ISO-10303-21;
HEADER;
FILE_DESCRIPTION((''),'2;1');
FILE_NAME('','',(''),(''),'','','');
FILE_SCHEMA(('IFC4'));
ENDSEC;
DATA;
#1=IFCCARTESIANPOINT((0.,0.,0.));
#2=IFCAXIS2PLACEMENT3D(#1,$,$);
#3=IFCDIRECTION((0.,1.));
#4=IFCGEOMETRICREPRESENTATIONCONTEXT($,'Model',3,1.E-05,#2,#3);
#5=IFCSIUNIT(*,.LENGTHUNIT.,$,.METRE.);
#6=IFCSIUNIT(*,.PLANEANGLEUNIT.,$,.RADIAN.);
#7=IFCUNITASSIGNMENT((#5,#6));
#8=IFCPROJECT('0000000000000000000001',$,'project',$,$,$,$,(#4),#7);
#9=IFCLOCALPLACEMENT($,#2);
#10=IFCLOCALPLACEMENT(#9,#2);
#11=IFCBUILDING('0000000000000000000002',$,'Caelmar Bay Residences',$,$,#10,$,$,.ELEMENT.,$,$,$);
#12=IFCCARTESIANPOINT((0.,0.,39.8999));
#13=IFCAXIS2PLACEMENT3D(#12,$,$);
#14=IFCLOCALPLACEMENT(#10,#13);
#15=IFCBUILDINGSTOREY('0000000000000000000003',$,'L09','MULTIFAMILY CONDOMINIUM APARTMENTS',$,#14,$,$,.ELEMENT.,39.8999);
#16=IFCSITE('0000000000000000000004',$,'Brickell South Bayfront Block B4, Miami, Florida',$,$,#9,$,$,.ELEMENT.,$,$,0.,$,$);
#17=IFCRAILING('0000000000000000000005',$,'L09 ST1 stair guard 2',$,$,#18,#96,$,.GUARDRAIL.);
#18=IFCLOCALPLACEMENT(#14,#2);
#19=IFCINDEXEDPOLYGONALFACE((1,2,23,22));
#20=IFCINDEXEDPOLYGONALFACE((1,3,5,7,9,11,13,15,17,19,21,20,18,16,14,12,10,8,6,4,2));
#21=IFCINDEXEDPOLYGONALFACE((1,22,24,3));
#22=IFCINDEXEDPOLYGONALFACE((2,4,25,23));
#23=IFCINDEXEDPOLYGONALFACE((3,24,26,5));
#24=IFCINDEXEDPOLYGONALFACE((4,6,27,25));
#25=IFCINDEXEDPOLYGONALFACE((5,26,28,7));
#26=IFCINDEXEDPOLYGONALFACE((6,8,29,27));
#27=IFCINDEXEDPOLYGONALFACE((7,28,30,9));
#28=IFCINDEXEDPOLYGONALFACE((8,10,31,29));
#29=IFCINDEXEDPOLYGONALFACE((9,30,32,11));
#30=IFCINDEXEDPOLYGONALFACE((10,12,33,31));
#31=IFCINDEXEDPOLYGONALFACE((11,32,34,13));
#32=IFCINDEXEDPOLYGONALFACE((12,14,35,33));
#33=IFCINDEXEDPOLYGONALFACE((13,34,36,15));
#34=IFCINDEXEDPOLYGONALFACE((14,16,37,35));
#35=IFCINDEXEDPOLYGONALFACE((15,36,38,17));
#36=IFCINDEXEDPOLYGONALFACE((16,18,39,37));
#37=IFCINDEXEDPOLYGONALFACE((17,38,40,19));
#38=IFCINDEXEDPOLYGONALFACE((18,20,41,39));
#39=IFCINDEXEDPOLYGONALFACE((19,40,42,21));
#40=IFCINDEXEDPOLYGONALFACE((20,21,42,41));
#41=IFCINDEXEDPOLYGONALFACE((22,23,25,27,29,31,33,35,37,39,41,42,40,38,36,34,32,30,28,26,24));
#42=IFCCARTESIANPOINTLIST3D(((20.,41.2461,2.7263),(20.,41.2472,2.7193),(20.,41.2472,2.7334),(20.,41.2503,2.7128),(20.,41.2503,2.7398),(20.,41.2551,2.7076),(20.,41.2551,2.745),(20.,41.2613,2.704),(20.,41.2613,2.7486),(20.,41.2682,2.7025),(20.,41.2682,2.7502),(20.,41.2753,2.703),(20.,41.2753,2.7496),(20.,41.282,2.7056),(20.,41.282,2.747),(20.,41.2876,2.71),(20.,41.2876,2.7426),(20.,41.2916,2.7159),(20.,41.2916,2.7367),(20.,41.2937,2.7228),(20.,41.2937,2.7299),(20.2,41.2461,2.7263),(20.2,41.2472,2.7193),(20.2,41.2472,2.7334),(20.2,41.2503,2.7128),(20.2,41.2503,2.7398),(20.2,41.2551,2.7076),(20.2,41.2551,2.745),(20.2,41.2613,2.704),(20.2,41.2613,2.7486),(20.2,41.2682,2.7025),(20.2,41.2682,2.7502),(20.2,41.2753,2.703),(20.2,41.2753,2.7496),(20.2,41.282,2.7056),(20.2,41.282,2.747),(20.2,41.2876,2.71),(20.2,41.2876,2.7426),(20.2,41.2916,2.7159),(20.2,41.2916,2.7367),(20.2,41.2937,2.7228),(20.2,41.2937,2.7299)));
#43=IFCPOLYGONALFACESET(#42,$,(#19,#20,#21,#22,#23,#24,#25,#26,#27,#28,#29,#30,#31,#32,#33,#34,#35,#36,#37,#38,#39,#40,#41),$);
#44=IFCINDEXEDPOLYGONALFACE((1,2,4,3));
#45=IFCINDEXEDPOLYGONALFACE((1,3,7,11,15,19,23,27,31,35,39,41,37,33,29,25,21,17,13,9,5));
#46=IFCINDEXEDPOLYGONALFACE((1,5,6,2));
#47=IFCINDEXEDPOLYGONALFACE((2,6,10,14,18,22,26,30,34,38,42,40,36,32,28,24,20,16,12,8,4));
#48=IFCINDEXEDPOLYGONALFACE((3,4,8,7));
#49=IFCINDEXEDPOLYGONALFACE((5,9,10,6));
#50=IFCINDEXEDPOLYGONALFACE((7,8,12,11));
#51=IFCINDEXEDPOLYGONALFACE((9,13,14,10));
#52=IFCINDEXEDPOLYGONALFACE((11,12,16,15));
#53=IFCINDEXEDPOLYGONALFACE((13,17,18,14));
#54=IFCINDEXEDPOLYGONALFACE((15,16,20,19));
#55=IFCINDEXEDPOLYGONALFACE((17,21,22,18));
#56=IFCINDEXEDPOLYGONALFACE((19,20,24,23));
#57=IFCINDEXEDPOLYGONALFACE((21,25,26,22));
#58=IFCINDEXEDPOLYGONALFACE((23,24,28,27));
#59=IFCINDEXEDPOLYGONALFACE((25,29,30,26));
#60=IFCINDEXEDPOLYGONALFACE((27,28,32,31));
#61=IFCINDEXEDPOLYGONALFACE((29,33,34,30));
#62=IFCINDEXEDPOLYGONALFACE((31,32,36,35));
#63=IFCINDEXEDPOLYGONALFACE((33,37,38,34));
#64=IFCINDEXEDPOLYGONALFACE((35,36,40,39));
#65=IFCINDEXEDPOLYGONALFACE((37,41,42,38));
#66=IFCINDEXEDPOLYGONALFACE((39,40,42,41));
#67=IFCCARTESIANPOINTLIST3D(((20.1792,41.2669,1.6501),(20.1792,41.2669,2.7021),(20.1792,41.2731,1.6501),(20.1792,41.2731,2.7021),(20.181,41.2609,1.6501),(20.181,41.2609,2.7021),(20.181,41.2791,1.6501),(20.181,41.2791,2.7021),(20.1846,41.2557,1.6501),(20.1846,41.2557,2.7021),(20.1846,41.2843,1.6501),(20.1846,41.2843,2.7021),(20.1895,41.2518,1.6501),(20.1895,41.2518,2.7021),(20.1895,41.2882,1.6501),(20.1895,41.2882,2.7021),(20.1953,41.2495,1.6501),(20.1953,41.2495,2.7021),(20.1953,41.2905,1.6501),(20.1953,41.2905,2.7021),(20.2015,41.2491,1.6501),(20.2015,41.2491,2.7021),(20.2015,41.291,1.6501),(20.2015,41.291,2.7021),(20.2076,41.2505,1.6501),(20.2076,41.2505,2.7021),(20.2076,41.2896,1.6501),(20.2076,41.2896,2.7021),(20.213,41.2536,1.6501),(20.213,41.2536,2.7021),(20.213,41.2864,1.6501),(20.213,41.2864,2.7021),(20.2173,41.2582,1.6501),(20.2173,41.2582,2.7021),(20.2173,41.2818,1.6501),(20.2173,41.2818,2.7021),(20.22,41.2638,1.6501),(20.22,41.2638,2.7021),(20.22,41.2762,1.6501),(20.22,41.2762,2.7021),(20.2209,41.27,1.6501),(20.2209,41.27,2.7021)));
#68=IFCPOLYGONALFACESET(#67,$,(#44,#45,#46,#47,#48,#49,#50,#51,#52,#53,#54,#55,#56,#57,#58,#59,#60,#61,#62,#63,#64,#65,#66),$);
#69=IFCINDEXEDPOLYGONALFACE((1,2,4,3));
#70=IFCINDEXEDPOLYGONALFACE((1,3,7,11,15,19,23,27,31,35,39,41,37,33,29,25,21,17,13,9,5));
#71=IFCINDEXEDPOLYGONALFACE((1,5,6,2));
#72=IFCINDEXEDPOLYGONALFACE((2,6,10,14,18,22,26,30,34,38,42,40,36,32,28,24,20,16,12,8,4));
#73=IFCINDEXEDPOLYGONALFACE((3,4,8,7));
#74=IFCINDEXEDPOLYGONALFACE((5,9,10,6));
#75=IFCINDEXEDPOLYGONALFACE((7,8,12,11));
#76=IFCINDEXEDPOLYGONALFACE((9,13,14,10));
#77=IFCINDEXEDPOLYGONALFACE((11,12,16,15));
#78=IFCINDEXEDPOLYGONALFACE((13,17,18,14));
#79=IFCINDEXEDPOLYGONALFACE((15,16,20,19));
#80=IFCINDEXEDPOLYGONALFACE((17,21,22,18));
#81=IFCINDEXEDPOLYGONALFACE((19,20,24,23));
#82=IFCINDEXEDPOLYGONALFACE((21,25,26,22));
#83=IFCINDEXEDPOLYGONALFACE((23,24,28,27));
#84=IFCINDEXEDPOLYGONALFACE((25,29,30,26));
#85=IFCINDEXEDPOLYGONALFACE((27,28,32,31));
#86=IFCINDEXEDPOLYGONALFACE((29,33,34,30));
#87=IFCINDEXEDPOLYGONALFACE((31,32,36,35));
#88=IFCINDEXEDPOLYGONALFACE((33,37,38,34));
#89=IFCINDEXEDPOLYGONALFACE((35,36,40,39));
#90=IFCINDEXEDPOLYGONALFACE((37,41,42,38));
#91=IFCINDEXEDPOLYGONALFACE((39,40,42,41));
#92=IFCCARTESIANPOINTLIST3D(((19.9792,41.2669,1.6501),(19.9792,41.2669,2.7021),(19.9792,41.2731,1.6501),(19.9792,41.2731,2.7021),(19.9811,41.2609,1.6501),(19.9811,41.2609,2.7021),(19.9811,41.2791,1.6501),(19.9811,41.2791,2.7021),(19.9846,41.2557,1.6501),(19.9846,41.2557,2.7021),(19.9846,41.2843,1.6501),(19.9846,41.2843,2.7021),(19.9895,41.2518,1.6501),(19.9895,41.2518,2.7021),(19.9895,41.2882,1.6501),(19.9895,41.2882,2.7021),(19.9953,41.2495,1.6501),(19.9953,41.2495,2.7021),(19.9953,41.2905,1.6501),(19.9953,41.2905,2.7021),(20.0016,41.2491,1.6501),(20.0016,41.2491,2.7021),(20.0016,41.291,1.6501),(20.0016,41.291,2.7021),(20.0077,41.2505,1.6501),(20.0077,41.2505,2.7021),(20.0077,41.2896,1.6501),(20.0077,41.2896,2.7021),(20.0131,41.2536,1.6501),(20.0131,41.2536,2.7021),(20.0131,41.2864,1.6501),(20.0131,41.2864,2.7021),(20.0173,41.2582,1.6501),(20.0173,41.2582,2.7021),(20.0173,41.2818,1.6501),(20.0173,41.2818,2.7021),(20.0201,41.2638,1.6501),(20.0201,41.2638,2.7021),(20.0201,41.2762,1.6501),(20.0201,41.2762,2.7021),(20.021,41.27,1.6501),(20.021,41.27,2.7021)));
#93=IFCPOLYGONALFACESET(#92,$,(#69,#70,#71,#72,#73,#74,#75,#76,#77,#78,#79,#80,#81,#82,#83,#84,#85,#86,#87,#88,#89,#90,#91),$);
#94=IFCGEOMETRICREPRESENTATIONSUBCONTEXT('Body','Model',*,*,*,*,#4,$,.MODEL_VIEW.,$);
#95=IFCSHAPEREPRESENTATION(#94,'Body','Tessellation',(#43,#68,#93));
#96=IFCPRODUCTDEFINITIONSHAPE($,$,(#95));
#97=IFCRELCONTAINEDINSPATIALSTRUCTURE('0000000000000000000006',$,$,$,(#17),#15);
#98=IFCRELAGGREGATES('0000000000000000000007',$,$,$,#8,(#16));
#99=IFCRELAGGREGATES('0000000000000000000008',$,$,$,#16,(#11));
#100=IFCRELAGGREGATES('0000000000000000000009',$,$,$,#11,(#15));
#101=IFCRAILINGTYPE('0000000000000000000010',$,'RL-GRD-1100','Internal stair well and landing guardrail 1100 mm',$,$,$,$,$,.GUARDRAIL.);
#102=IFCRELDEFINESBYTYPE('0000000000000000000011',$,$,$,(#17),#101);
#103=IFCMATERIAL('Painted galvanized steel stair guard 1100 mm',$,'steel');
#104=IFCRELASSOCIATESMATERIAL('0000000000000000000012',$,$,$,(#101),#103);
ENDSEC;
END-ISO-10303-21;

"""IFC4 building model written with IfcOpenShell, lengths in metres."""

from ifc_helpers import new_model, si_unit, direction, frame, origin, origin_2d, place, context, subcontext, project, spatial, circle, extrude, material, type_object, element, save


model = new_model("IFC4")

# Units and contexts
model_context = context("Model", 3, precision=1e-05, world=origin(), true_north=direction((0.0, 1.0)))
body_context = subcontext(model_context, "Body", "Model", "MODEL_VIEW")
ifc_project = project(units=[si_unit("LENGTHUNIT", "METRE"), si_unit("PLANEANGLEUNIT", "RADIAN")], contexts=[model_context])

# Site, building, storey
site_placement = place(None, origin())
site = spatial("IfcSite", under=ifc_project, at=site_placement, Name="Brickell South Bayfront Block B4, Miami, Florida", CompositionType="ELEMENT", RefElevation=0.0)
building_placement = place(site_placement, origin())
building = spatial("IfcBuilding", under=site, at=building_placement, Name="Caelmar Bay Residences", CompositionType="ELEMENT")
storey_placement = place(building_placement, frame((0.0, 0.0, 39.8999)))
storey = spatial("IfcBuildingStorey", under=building, at=storey_placement, Name="L09", Description="MULTIFAMILY CONDOMINIUM APARTMENTS", CompositionType="ELEMENT", Elevation=39.8999)

# Railing
ifc_material_1 = material(Name="Painted galvanized steel stair guard 1100 mm", Category="steel")
railing_type_1 = type_object("IfcRailingType", Name="RL-GRD-1100", Description="Internal stair well and landing guardrail 1100 mm", PredefinedType="GUARDRAIL", material=ifc_material_1)
railing_1_placement = place(storey_placement, frame((20.2, 41.27, 1.6501)))
element("IfcRailing", 1, at=railing_1_placement, inside=storey, type_object=railing_type_1, Name="L09 ST1 stair guard 2", PredefinedType="GUARDRAIL", context=body_context, shape_type="SweptSolid", body=[
    extrude(circle(Radius=0.0239, at=origin_2d()), frame((0.0, 0.0, 1.0762), z_axis=(-1.0, 0.0, 0.0), x_axis=(0.0, -1.0, 0.0)), (0.0, 0.0, 1.0), 0.2),
    extrude(circle(Radius=0.021, at=origin_2d()), origin(), (0.0, 0.0, 1.0), 1.052),
    extrude(circle(Radius=0.021, at=origin_2d()), frame((-0.2, 0.0, 0.0)), (0.0, 0.0, 1.0), 1.052),
])

save(model, "model.ifc")
